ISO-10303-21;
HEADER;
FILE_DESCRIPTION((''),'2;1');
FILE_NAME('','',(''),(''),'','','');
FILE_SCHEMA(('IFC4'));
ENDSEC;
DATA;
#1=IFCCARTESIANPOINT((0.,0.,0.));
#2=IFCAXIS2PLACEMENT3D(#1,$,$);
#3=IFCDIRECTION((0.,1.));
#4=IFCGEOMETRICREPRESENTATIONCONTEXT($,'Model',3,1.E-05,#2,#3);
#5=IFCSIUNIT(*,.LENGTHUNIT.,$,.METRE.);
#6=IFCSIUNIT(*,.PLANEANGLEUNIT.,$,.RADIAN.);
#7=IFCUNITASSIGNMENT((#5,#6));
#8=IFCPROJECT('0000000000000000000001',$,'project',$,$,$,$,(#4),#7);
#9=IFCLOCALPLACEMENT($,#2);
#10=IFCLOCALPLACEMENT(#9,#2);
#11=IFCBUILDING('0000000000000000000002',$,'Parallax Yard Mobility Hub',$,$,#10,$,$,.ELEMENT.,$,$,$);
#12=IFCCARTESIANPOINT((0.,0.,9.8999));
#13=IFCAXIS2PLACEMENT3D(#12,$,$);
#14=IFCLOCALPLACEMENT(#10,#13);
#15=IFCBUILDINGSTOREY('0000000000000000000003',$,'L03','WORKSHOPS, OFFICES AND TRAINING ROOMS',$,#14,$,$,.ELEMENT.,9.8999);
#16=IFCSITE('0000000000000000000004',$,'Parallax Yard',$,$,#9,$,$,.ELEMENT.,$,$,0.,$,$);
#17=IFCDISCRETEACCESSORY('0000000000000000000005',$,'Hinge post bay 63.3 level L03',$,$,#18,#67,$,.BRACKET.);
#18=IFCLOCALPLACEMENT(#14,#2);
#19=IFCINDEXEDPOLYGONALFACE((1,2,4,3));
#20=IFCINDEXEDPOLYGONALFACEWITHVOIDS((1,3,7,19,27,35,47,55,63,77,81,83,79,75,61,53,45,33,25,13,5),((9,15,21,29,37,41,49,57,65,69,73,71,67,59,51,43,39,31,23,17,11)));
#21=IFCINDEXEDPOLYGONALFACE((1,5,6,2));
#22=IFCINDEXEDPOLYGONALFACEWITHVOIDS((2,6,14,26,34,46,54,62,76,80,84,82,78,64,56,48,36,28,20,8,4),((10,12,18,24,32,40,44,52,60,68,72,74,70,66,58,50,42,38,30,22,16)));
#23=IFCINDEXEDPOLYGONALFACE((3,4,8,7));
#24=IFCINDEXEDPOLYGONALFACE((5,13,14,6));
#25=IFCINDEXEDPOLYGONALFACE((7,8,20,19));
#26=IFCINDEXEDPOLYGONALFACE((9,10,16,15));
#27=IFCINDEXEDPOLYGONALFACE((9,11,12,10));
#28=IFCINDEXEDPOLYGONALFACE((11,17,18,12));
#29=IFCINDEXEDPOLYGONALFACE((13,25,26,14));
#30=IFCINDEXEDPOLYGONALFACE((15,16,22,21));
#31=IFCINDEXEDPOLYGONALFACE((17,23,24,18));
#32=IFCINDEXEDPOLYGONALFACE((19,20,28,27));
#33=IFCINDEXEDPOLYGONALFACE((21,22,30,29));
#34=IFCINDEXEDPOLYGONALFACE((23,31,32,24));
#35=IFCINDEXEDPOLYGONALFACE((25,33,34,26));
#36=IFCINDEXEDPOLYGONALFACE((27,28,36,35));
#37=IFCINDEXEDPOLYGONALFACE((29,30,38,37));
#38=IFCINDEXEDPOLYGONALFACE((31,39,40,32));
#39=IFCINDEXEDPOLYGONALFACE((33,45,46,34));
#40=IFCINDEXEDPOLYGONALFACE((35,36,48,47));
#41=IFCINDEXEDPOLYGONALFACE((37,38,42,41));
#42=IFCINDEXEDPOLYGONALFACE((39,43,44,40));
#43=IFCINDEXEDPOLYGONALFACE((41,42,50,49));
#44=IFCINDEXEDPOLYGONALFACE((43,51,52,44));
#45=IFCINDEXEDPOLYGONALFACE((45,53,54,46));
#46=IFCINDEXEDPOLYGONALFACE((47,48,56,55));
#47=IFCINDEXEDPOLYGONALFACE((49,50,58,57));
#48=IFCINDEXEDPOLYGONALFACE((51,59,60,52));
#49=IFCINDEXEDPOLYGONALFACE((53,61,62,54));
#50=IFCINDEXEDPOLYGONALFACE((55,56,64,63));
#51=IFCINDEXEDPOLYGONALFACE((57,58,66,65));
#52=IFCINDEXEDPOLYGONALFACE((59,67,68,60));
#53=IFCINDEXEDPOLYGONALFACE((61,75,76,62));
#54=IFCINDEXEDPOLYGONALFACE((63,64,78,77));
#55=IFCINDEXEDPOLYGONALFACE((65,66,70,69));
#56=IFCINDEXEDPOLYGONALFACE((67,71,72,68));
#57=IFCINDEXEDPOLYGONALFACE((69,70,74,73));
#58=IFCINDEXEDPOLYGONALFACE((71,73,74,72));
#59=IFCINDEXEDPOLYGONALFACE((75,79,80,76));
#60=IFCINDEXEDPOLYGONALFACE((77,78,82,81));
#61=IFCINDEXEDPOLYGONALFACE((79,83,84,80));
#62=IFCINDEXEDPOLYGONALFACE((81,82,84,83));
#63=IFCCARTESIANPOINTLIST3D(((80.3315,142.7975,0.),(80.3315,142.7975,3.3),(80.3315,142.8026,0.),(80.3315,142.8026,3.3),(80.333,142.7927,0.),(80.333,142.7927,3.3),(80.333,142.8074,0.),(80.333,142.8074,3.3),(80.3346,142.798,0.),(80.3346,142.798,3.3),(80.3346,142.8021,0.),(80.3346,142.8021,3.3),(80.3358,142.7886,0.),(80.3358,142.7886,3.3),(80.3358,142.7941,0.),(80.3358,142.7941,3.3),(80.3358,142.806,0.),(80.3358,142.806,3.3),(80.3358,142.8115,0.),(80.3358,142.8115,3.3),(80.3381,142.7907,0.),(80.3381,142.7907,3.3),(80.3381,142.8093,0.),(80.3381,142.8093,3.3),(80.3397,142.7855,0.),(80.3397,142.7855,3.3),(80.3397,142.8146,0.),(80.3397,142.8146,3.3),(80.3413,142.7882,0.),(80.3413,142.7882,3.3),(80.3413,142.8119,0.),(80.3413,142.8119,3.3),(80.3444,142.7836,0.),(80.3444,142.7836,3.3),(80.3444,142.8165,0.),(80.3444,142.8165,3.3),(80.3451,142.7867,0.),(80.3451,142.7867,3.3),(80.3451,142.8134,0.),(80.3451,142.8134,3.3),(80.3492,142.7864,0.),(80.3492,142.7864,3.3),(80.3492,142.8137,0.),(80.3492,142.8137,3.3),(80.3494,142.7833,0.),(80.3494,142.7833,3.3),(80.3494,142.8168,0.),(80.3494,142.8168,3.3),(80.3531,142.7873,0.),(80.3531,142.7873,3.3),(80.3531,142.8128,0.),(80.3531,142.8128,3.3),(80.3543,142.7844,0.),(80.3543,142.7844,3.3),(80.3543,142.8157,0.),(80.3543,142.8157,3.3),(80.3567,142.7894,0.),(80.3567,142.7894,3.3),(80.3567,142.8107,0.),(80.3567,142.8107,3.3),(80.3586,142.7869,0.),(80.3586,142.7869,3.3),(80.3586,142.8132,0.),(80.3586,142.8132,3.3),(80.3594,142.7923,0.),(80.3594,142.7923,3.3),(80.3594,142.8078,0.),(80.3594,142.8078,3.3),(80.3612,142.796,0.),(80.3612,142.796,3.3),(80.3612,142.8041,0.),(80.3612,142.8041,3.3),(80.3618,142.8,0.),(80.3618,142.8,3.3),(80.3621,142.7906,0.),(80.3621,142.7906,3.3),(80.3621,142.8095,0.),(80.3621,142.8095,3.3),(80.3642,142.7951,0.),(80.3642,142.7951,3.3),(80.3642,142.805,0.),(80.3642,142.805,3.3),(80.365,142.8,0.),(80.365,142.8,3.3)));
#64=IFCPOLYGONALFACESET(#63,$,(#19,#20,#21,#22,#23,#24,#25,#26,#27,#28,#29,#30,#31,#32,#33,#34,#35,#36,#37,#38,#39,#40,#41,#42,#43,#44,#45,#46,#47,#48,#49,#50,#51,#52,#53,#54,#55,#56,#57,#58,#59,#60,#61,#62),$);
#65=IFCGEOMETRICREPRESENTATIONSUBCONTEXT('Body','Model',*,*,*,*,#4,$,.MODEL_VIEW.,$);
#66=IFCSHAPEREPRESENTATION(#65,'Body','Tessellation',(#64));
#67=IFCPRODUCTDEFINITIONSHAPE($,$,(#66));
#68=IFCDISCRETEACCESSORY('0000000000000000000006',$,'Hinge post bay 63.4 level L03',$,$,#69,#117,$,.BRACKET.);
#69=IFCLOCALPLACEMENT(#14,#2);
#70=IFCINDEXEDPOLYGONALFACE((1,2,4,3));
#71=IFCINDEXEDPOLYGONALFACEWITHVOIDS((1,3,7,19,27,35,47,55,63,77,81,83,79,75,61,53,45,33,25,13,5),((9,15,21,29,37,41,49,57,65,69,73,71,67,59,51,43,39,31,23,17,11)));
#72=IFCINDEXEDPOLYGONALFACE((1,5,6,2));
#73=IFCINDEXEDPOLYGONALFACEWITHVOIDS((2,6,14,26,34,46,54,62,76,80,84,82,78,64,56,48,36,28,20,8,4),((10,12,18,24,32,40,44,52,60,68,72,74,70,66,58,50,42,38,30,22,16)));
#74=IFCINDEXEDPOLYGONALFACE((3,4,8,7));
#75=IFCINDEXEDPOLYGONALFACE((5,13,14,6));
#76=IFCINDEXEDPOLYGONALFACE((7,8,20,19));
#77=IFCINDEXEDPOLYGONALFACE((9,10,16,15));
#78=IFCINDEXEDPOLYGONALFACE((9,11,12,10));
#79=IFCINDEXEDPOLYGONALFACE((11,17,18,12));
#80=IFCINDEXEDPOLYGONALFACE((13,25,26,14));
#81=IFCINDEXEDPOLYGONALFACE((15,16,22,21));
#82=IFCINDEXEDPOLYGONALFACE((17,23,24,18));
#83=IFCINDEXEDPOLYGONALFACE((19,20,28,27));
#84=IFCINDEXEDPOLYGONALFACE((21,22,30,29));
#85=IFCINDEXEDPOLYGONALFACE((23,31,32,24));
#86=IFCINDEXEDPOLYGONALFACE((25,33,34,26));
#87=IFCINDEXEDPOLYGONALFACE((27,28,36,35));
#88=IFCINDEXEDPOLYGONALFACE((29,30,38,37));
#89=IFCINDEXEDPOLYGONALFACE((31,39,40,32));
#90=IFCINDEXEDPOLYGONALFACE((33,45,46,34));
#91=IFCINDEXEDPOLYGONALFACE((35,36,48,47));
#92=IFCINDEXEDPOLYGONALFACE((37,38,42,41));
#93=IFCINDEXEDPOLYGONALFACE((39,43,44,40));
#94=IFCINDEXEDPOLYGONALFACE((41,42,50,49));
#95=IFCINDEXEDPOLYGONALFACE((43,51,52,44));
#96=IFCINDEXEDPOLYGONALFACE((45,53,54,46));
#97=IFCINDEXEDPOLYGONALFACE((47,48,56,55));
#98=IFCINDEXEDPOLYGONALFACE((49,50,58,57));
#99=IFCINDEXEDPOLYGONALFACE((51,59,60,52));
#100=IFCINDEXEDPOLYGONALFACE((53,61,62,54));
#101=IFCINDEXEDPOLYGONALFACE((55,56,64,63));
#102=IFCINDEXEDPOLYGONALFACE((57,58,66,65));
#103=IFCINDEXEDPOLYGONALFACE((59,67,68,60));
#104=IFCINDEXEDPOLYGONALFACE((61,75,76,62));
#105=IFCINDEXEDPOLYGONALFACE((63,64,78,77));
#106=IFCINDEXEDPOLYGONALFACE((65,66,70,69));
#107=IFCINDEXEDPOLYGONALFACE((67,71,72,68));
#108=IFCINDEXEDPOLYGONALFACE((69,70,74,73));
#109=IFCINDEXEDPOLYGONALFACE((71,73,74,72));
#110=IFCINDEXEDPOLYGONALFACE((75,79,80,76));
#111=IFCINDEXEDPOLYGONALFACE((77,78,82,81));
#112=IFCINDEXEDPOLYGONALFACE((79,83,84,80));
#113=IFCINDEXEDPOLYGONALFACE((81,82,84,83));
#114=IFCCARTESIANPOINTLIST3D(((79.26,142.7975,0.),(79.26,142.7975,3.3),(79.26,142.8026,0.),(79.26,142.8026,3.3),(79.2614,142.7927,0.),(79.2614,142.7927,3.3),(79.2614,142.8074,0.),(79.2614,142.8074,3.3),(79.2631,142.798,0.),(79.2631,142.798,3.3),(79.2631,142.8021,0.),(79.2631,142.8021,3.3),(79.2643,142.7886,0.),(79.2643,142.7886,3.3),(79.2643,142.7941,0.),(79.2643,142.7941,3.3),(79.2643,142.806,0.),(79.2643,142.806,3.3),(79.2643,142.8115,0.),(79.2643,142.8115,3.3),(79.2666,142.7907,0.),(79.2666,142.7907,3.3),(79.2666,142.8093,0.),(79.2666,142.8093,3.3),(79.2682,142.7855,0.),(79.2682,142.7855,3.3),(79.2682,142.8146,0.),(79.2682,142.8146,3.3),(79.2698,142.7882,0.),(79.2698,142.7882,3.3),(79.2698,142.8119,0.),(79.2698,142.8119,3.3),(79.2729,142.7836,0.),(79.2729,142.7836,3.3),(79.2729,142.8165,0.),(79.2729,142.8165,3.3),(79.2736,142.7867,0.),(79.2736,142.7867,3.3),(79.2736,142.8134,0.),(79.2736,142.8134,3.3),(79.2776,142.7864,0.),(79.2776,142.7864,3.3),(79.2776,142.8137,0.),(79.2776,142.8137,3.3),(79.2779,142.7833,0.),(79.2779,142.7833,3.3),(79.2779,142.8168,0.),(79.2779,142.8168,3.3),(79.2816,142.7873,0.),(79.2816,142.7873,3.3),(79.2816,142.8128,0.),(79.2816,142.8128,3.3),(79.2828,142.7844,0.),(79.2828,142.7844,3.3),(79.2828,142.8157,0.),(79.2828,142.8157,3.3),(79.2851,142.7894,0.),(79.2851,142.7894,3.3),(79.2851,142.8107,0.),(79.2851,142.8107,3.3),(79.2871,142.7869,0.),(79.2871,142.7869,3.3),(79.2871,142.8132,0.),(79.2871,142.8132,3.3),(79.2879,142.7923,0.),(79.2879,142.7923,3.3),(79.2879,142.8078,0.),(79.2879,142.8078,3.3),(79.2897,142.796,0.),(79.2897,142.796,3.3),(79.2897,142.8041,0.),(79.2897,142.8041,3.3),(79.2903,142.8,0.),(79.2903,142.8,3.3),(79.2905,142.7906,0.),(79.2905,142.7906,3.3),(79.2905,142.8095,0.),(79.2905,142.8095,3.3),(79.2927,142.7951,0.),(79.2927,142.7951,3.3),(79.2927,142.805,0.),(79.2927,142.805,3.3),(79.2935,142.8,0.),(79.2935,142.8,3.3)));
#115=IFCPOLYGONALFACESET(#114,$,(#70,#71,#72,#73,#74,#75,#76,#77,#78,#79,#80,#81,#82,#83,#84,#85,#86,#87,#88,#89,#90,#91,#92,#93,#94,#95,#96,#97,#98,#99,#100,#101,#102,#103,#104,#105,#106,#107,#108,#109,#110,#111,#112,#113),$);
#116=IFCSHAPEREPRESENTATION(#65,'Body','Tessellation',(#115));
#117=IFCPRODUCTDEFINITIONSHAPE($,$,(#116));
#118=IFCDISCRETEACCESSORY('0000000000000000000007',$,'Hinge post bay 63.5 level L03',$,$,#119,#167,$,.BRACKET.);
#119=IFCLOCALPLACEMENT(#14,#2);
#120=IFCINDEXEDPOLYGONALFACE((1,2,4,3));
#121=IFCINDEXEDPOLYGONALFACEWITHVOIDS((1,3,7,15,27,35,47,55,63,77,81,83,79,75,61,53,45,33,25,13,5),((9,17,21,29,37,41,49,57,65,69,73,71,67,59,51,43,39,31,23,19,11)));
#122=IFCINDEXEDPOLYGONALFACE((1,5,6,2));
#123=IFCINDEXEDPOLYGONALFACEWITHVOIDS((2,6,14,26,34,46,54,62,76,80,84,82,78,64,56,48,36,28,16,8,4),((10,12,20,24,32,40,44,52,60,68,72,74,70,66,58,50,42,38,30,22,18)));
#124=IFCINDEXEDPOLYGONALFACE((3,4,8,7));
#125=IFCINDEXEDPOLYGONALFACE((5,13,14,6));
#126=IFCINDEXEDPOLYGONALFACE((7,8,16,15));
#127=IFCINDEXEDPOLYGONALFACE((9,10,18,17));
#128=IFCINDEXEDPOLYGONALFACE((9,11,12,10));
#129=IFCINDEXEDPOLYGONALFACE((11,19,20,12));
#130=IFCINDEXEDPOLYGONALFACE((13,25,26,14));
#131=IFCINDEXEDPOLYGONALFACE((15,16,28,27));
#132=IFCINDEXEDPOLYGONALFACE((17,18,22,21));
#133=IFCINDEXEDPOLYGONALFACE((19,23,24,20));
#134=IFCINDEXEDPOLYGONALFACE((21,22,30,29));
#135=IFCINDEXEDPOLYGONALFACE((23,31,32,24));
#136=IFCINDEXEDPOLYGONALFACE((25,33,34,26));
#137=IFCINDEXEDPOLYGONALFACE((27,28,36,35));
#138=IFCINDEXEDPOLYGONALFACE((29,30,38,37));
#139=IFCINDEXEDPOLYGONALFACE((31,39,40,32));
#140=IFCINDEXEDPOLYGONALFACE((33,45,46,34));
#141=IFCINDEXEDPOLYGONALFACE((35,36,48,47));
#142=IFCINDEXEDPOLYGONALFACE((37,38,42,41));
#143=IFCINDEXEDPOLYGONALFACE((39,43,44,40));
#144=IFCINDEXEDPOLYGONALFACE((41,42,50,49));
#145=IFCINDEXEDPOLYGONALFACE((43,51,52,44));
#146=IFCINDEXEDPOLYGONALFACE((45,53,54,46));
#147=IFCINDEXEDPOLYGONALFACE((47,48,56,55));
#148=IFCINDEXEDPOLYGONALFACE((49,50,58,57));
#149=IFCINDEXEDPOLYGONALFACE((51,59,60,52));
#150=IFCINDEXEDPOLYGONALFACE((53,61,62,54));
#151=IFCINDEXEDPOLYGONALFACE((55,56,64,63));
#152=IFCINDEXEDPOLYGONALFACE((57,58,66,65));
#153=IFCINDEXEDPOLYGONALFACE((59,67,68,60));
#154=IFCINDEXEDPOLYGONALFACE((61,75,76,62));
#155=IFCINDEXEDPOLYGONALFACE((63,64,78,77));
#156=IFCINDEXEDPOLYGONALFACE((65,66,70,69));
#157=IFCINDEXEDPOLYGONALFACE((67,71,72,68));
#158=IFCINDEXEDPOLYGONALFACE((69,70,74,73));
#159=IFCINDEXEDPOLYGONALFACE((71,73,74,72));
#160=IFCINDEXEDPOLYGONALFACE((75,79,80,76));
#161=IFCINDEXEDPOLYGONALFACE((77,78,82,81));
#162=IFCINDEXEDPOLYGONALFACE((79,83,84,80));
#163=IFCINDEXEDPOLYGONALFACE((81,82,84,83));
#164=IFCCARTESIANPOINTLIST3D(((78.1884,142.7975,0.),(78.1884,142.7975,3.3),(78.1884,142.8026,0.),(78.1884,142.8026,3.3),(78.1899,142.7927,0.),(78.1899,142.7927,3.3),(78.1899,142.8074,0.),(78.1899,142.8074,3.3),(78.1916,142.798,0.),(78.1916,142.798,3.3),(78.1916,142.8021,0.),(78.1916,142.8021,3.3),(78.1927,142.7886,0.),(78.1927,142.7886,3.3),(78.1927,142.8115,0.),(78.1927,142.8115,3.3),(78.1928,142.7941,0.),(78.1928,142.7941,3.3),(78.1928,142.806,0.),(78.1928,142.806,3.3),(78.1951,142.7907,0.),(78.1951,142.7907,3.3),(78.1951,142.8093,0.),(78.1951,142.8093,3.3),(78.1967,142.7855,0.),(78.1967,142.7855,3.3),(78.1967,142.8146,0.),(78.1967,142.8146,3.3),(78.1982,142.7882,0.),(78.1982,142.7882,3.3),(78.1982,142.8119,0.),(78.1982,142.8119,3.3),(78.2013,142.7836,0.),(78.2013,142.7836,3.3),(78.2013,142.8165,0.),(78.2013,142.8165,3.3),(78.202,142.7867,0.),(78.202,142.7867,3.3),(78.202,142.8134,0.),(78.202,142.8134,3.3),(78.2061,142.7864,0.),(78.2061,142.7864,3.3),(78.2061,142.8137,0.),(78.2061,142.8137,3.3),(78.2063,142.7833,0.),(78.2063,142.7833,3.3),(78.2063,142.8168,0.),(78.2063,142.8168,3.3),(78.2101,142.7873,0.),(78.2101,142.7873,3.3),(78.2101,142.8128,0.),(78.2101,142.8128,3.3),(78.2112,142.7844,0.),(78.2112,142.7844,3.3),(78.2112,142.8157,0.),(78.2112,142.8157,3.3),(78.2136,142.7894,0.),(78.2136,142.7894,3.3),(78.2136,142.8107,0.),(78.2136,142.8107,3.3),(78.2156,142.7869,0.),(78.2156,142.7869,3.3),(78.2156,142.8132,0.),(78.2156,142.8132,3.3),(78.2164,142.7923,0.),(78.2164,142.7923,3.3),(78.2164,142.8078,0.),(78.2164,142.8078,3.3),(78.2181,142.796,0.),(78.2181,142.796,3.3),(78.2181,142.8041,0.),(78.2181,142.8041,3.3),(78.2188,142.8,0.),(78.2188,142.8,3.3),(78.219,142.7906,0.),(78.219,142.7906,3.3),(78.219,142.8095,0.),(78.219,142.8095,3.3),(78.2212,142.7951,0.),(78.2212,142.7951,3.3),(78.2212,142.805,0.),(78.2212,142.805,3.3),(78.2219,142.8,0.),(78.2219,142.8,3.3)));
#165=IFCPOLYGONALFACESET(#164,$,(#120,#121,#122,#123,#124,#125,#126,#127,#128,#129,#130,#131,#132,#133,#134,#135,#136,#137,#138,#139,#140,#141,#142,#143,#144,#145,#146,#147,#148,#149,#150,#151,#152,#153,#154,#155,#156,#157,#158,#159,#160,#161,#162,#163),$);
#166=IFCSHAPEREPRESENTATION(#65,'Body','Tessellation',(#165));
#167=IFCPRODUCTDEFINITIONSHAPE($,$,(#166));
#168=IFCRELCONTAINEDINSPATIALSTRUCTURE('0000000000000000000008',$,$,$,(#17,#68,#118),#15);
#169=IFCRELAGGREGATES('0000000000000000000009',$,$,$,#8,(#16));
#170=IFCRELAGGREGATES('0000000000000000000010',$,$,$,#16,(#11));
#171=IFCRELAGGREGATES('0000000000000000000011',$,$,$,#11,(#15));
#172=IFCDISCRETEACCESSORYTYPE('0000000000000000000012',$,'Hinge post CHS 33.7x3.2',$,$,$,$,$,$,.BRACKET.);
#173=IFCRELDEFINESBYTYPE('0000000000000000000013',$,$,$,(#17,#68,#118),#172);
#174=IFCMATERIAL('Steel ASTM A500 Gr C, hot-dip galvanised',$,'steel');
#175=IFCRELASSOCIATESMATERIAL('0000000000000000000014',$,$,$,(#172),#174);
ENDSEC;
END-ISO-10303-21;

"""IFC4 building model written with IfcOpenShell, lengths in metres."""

from ifc_helpers import new_model, si_unit, direction, frame, origin, origin_2d, place, context, subcontext, project, spatial, hollow_circle, extrude, material, material_profile, profile_set, type_object, element, save


model = new_model("IFC4")

# Units and contexts
model_context = context("Model", 3, precision=1e-05, world=origin(), true_north=direction((0.0, 1.0)))
body_context = subcontext(model_context, "Body", "Model", "MODEL_VIEW")
ifc_project = project(units=[si_unit("LENGTHUNIT", "METRE"), si_unit("PLANEANGLEUNIT", "RADIAN")], contexts=[model_context])

# Site, building, storey
site_placement = place(None, origin())
site = spatial("IfcSite", under=ifc_project, at=site_placement, Name="Parallax Yard", CompositionType="ELEMENT", RefElevation=0.0)
building_placement = place(site_placement, origin())
building = spatial("IfcBuilding", under=site, at=building_placement, Name="Parallax Yard Mobility Hub", CompositionType="ELEMENT")
storey_placement = place(building_placement, frame((0.0, 0.0, 9.8999)))
storey = spatial("IfcBuildingStorey", under=building, at=storey_placement, Name="L03", Description="WORKSHOPS, OFFICES AND TRAINING ROOMS", CompositionType="ELEMENT", Elevation=9.8999)

# Discrete accessories
ifc_material_1 = material(Name="Steel ASTM A500 Gr C, hot-dip galvanised", Category="steel")
ifc_material_profile = material_profile(ifc_material_1, hollow_circle(Radius=0.0168, WallThickness=0.0032, at=origin_2d()), Name="CHS 33.7x3.2")
ifc_profile_set = profile_set([ifc_material_profile], Name="Steel ASTM A500 Gr C, hot-dip galvanised")
discrete_accessory_type_1 = type_object("IfcDiscreteAccessoryType", Name="Hinge post CHS 33.7x3.2", PredefinedType="BRACKET", material=ifc_profile_set)
for number, where, z_axis, x_axis, name in (
    (1, (80.3481, 142.8, 0.0), (0.0, 0.0, 1.0), (1.0, 0.0, 0.0), "Hinge post bay 63.3 level L03"),
    (2, (79.2766, 142.8, 0.0), (0.0, 0.0, 1.0), (1.0, 0.0, 0.0), "Hinge post bay 63.4 level L03"),
    (3, (78.2051, 142.8, 0.0), (0.0, 0.0, 1.0), (1.0, 0.0, 0.0), "Hinge post bay 63.5 level L03"),
):
    element("IfcDiscreteAccessory", number, at=place(storey_placement, frame(where, z_axis=z_axis, x_axis=x_axis)), inside=storey, type_object=discrete_accessory_type_1, Name=name, PredefinedType="BRACKET", context=body_context, shape_type="SweptSolid", body=[
        extrude(hollow_circle(Radius=0.0168, WallThickness=0.0032, at=origin_2d()), origin(), (0.0, 0.0, 1.0), 3.3),
    ])

save(model, "model.ifc")
